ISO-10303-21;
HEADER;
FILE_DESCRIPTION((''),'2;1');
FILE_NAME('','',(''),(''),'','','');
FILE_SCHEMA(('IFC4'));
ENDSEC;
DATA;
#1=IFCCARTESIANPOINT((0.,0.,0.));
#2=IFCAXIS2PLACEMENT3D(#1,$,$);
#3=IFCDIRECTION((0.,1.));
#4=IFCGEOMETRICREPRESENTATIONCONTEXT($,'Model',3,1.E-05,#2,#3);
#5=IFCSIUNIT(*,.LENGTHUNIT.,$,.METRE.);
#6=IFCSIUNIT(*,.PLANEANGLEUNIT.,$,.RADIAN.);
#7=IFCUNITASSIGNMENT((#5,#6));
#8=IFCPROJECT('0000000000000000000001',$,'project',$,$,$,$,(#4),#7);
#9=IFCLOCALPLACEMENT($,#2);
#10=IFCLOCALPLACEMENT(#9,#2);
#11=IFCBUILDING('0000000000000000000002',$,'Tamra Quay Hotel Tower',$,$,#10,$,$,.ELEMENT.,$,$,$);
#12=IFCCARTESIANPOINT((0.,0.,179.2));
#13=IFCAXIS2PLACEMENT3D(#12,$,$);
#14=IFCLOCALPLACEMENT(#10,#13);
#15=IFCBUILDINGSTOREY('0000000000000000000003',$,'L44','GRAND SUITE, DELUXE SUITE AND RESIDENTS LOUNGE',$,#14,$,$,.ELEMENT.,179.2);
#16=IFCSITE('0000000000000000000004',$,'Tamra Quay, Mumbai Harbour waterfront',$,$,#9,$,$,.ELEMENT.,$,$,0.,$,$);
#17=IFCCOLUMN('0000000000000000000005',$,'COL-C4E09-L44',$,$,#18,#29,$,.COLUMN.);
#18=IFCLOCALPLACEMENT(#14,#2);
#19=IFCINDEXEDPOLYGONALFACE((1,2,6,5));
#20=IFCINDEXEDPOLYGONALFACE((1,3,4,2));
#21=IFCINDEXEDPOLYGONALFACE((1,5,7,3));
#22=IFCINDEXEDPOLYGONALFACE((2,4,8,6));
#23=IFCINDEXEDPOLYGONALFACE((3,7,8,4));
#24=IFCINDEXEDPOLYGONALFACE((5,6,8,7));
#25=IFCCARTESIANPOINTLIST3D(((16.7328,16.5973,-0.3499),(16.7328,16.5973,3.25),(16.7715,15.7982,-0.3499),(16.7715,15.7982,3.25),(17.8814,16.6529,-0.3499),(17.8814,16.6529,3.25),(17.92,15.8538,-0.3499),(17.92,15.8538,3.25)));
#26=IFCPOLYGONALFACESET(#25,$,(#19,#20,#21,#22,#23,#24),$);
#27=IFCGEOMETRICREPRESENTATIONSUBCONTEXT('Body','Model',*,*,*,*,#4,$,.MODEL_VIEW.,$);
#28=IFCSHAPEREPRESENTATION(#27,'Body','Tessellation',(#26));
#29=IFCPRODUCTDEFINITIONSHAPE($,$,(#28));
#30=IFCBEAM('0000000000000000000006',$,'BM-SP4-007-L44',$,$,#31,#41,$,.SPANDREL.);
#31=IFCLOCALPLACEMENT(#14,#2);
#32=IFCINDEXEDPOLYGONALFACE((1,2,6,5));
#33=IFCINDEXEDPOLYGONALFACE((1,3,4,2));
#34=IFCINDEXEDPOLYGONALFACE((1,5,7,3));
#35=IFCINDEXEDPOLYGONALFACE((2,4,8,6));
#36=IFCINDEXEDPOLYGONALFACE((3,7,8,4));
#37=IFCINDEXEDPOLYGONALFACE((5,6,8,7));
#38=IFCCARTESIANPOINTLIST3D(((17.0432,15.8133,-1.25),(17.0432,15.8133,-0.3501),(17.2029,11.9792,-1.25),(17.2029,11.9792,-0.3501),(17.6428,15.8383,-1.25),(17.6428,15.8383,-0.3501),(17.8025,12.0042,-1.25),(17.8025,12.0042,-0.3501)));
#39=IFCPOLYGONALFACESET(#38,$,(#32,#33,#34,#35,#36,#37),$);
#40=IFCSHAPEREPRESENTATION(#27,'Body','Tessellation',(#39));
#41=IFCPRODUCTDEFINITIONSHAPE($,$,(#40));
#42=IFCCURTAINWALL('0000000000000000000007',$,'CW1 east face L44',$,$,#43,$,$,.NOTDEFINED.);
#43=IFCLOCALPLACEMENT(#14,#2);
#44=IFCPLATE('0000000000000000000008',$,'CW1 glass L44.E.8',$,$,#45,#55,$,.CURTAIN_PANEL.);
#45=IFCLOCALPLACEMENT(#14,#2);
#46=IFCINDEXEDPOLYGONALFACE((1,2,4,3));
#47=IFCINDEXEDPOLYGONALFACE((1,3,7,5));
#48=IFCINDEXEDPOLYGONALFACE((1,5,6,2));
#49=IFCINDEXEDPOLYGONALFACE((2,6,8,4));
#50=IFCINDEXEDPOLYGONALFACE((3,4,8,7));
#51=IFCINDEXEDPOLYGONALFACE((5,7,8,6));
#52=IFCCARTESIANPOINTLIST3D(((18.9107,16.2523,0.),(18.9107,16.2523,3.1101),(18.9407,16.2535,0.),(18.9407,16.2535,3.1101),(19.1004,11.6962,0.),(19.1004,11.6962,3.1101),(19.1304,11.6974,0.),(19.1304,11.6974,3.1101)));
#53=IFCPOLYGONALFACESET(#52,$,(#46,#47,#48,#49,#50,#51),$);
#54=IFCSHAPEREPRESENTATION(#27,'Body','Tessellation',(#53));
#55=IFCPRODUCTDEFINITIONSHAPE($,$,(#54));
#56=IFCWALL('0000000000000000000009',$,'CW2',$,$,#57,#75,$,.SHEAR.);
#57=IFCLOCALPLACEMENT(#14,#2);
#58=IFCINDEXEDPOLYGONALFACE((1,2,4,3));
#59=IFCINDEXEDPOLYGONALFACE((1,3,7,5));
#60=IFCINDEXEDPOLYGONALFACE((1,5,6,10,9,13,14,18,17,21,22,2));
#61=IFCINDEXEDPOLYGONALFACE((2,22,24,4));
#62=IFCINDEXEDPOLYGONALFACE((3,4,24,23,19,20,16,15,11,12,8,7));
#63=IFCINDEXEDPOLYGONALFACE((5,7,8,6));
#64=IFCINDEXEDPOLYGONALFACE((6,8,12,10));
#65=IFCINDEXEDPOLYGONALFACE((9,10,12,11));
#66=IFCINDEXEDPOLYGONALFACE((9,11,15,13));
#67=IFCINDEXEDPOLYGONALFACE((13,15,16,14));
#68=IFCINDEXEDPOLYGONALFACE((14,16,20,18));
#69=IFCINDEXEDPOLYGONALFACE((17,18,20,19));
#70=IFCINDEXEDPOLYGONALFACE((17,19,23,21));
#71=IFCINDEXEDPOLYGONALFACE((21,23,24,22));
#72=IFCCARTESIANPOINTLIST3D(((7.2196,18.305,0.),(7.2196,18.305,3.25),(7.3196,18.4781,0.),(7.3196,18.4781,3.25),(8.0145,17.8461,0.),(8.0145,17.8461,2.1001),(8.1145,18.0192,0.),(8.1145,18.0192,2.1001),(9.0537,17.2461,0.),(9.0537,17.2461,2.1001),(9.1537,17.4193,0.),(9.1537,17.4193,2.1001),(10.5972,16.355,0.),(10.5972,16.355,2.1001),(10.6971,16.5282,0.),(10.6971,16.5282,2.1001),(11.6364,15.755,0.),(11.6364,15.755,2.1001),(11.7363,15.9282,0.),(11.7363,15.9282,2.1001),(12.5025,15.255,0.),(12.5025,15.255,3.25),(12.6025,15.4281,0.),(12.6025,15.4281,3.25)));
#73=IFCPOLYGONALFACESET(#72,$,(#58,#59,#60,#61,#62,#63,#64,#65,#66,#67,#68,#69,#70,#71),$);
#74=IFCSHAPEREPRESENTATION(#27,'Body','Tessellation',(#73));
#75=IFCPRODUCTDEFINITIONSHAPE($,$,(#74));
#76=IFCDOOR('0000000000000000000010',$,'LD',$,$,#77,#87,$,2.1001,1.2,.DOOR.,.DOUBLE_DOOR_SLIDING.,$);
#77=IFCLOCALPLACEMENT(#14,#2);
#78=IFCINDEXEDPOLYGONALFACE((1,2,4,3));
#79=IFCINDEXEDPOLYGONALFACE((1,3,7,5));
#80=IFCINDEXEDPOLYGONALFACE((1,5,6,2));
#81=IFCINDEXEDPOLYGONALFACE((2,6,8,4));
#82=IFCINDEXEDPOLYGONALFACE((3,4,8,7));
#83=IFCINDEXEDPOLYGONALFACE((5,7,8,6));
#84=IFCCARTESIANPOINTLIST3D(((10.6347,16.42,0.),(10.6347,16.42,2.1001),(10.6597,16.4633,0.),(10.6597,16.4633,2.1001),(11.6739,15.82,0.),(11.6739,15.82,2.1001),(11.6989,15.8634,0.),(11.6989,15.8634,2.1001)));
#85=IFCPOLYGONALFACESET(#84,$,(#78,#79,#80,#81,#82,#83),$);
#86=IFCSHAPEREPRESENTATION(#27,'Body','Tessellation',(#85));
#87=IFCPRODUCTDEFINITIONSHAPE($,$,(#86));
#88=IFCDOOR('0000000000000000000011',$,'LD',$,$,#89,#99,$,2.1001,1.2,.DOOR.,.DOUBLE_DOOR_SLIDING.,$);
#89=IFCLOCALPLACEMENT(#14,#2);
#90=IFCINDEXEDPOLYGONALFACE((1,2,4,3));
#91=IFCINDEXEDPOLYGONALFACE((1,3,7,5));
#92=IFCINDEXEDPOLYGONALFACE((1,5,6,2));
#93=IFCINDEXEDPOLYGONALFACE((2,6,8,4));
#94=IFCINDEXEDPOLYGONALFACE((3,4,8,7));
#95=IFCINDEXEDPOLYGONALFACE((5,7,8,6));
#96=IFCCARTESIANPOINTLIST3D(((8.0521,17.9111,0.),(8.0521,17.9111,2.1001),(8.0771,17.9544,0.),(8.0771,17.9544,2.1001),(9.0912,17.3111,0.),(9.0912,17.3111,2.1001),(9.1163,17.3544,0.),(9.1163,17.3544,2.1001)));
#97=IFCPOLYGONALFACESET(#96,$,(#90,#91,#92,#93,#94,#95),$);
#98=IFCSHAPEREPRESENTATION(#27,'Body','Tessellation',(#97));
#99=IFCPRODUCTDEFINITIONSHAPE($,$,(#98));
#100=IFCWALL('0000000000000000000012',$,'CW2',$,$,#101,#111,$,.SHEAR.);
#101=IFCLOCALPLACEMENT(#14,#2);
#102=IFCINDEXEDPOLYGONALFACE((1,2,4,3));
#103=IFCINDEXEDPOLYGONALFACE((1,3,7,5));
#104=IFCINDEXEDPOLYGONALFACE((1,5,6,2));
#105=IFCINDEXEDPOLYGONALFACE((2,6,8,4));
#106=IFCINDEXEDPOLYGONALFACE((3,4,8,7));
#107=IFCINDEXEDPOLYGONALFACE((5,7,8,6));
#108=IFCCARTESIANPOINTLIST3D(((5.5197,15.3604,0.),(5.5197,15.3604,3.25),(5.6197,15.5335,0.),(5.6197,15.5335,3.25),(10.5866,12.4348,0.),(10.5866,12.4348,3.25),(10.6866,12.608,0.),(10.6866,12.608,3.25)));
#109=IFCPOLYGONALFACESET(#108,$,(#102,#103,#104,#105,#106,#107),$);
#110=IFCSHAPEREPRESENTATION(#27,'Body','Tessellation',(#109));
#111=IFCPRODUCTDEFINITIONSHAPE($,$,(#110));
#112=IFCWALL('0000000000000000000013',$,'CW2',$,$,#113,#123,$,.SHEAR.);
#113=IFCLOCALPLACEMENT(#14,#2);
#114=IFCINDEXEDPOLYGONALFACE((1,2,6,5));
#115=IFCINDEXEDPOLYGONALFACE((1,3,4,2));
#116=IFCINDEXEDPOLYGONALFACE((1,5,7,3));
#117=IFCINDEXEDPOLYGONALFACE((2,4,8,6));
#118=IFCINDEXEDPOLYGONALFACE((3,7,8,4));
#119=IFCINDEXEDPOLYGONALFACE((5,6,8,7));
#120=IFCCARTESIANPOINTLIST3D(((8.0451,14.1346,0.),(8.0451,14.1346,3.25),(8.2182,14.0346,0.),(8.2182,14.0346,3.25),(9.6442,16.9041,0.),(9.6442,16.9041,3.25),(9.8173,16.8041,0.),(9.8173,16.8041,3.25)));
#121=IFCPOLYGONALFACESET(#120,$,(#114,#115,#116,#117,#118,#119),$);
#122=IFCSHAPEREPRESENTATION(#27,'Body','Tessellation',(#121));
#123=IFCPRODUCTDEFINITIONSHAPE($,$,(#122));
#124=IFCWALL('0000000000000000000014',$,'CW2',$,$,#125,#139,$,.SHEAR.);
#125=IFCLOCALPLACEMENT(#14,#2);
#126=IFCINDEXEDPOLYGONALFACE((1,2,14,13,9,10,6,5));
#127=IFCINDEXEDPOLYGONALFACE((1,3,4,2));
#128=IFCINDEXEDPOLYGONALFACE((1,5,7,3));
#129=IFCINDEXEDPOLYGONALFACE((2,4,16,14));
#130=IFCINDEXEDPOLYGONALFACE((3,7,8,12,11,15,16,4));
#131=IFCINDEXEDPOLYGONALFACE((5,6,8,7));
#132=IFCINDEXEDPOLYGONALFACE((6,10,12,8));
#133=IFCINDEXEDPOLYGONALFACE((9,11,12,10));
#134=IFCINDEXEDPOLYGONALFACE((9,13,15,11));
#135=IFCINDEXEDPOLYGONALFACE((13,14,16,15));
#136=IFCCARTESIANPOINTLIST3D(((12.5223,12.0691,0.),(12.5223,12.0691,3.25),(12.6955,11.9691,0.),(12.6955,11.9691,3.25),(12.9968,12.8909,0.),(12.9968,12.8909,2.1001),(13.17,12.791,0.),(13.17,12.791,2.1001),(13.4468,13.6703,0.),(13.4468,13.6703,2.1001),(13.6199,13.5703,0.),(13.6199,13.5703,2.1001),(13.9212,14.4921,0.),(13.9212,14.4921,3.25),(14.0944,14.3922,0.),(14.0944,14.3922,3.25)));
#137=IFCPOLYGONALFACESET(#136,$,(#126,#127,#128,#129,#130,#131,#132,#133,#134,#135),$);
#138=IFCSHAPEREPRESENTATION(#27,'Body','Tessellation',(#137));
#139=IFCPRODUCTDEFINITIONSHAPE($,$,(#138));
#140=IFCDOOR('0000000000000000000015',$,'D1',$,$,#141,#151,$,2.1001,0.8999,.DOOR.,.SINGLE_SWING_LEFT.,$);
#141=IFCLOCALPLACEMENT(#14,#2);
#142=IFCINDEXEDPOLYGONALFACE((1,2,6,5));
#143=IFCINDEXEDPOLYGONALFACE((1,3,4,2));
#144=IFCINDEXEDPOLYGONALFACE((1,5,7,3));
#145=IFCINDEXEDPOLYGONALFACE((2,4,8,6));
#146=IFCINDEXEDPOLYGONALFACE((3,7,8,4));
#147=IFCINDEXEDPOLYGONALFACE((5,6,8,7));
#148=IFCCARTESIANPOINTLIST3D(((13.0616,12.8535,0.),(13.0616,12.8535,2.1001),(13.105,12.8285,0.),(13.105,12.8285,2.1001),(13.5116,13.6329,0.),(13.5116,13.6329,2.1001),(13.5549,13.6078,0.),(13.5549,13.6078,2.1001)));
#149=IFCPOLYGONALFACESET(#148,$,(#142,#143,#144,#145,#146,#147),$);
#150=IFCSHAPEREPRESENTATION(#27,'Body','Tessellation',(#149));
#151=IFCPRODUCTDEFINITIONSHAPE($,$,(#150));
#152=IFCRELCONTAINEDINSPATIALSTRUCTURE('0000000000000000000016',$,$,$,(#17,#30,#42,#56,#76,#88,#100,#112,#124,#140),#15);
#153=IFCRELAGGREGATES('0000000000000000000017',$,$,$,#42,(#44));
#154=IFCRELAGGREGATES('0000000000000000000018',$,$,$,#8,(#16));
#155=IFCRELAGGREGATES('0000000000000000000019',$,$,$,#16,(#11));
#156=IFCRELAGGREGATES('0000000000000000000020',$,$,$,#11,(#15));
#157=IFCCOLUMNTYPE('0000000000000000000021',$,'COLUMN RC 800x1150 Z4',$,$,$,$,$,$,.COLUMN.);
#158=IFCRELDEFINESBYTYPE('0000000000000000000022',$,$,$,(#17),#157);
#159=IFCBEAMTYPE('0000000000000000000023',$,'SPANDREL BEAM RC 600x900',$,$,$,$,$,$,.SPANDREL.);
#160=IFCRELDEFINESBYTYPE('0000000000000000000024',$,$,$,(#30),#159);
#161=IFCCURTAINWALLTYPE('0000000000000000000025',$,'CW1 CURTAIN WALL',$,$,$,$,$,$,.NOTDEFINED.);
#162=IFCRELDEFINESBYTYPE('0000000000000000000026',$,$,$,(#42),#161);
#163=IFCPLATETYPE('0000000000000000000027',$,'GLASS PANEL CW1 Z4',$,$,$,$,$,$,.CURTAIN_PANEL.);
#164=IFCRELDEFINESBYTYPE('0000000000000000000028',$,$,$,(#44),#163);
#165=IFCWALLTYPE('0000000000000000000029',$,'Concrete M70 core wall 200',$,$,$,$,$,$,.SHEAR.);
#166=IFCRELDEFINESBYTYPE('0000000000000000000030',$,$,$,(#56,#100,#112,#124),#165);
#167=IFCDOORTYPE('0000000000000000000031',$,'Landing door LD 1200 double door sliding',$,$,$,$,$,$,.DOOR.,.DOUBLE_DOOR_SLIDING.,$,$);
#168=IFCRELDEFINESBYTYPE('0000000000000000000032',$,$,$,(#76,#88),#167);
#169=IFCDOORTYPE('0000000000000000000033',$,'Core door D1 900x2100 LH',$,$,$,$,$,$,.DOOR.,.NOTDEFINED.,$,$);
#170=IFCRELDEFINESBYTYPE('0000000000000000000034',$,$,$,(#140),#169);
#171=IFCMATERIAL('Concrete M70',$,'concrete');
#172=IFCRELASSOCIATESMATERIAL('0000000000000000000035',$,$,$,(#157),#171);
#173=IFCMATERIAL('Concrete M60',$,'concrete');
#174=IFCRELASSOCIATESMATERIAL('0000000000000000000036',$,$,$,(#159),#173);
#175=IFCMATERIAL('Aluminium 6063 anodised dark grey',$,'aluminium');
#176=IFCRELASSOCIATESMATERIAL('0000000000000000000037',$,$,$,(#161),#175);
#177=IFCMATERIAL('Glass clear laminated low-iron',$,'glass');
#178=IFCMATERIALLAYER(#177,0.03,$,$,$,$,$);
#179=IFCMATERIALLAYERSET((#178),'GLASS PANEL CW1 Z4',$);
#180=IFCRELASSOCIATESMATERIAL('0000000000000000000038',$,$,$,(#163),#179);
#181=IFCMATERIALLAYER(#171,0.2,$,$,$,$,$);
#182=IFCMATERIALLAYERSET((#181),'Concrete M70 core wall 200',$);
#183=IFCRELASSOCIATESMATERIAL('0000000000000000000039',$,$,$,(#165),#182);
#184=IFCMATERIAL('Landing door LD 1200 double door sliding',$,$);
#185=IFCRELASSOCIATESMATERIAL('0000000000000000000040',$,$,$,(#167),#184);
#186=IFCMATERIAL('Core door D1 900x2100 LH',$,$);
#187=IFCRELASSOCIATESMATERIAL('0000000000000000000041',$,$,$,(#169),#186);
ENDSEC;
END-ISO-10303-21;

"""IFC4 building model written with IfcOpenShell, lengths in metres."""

from ifc_helpers import new_model, si_unit, direction, frame, frame_2d, origin, origin_2d, place, context, subcontext, project, spatial, rectangle, extrude, material, layer, layer_set, material_profile, profile_set, type_object, element, fill, aggregate, save


model = new_model("IFC4")

# Units and contexts
model_context = context("Model", 3, precision=1e-05, world=origin(), true_north=direction((0.0, 1.0)))
body_context = subcontext(model_context, "Body", "Model", "MODEL_VIEW")
ifc_project = project(units=[si_unit("LENGTHUNIT", "METRE"), si_unit("PLANEANGLEUNIT", "RADIAN")], contexts=[model_context])

# Site, building, storey
site_placement = place(None, origin())
site = spatial("IfcSite", under=ifc_project, at=site_placement, Name="Tamra Quay, Mumbai Harbour waterfront", CompositionType="ELEMENT", RefElevation=0.0)
building_placement = place(site_placement, origin())
building = spatial("IfcBuilding", under=site, at=building_placement, Name="Tamra Quay Hotel Tower", CompositionType="ELEMENT")
storey_placement = place(building_placement, frame((0.0, 0.0, 179.2)))
storey = spatial("IfcBuildingStorey", under=building, at=storey_placement, Name="L44", Description="GRAND SUITE, DELUXE SUITE AND RESIDENTS LOUNGE", CompositionType="ELEMENT", Elevation=179.2)

# Column
ifc_material_1 = material(Name="Concrete M70", Category="concrete")
ifc_material_profile_1 = material_profile(ifc_material_1, rectangle(XDim=1.1499, YDim=0.8, at=origin_2d()), Name="COLUMN RC 800x1150 Z4")
ifc_profile_set_1 = profile_set([ifc_material_profile_1], Name="Concrete M70")
column_type = type_object("IfcColumnType", Name="COLUMN RC 800x1150 Z4", PredefinedType="COLUMN", material=ifc_profile_set_1)
column_placement = place(storey_placement, frame((17.3264, 16.2256, -0.3499), z_axis=(0.0, 0.0, 1.0), x_axis=(0.998831, 0.048344, 0.0)))
element("IfcColumn", 1, at=column_placement, inside=storey, type_object=column_type, Name="COL-C4E09-L44", PredefinedType="COLUMN", context=body_context, shape_type="SweptSolid", body=[
    extrude(rectangle(XDim=1.1499, YDim=0.8, at=origin_2d()), origin(), (0.0, 0.0, 1.0), 3.5999),
])

# Beam
ifc_material_2 = material(Name="Concrete M60", Category="concrete")
ifc_material_profile_2 = material_profile(ifc_material_2, rectangle(XDim=0.6001, YDim=0.8999, at=origin_2d()), Name="SPANDREL BEAM RC 600x900")
ifc_profile_set_2 = profile_set([ifc_material_profile_2], Name="Concrete M60")
beam_type = type_object("IfcBeamType", Name="SPANDREL BEAM RC 600x900", PredefinedType="SPANDREL", material=ifc_profile_set_2)
beam_placement = place(storey_placement, frame((17.5027, 11.9917, -0.8), z_axis=(-0.041609, 0.999134, 0.0), x_axis=(-0.999134, -0.041609, 0.0)))
element("IfcBeam", 2, at=beam_placement, inside=storey, type_object=beam_type, Name="BM-SP4-007-L44", PredefinedType="SPANDREL", context=body_context, shape_type="SweptSolid", body=[
    extrude(rectangle(XDim=0.6001, YDim=0.8999, at=origin_2d()), origin(), (0.0, 0.0, 1.0), 3.8374),
])

# Curtain wall, plate
ifc_material_3 = material(Name="Aluminium 6063 anodised dark grey", Category="aluminium")
curtain_wall_type = type_object("IfcCurtainWallType", Name="CW1 CURTAIN WALL", PredefinedType="NOTDEFINED", material=ifc_material_3)
curtain_wall_placement = place(storey_placement, origin())
curtain_wall = element("IfcCurtainWall", 3, at=curtain_wall_placement, inside=storey, type_object=curtain_wall_type, Name="CW1 east face L44", PredefinedType="NOTDEFINED")
ifc_material_4 = material(Name="Glass clear laminated low-iron", Category="glass")
ifc_layer_1 = layer(ifc_material_4, 0.03)
ifc_layer_set_1 = layer_set([ifc_layer_1], Name="GLASS PANEL CW1 Z4")
plate_type = type_object("IfcPlateType", Name="GLASS PANEL CW1 Z4", PredefinedType="CURTAIN_PANEL", material=ifc_layer_set_1)
plate_placement = place(storey_placement, frame((19.0205, 13.9749, 0.0), z_axis=(0.0, 0.0, 1.0), x_axis=(-0.0416, 0.999134, 0.0)))
plate = element("IfcPlate", 4, at=plate_placement, type_object=plate_type, Name="CW1 glass L44.E.8", PredefinedType="CURTAIN_PANEL", context=body_context, shape_type="SweptSolid", body=[
    extrude(rectangle(XDim=4.5601, YDim=0.03, at=origin_2d()), origin(), (0.0, 0.0, 1.0), 3.1101),
])
aggregate(curtain_wall, [plate])

# Wall, openings, doors
ifc_layer_2 = layer(ifc_material_1, 0.2)
ifc_layer_set_2 = layer_set([ifc_layer_2], Name="Concrete M70 core wall 200")
wall_type_1 = type_object("IfcWallType", Name="Concrete M70 core wall 200", PredefinedType="SHEAR", material=ifc_layer_set_2)
wall_1_placement = place(storey_placement, frame((12.5525, 15.3416, 0.0), z_axis=(0.0, 0.0, 1.0), x_axis=(-0.86603, 0.499992, 0.0)))
wall_1 = element("IfcWall", 5, at=wall_1_placement, inside=storey, type_object=wall_type_1, Name="CW2", PredefinedType="SHEAR", context=body_context, shape_type="SweptSolid", body=[
    extrude(rectangle(XDim=6.1001, YDim=0.2, at=frame_2d((3.05, 0.0))), origin(), (0.0, 0.0, 1.0), 3.25),
])
opening_1_placement = place(wall_1_placement, frame((1.0, 0.0, 0.0)))
opening_1 = element("IfcOpeningElement", 6, at=opening_1_placement, cuts=wall_1, PredefinedType="OPENING", context=body_context, shape_type="SweptSolid", body=[
    extrude(rectangle(XDim=1.2, YDim=2.1001, at=frame_2d((0.6001, 1.05))), frame((0.0, 0.1099, 0.0), z_axis=(0.0, -1.0, 0.0), x_axis=(1.0, 0.0, 0.0)), (0.0, 0.0, 1.0), 0.22),
])
opening_2_placement = place(wall_1_placement, frame((3.9822, 0.0, 0.0)))
opening_2 = element("IfcOpeningElement", 7, at=opening_2_placement, cuts=wall_1, PredefinedType="OPENING", context=body_context, shape_type="SweptSolid", body=[
    extrude(rectangle(XDim=1.2, YDim=2.1001, at=frame_2d((0.6001, 1.05))), frame((0.0, 0.1099, 0.0), z_axis=(0.0, -1.0, 0.0), x_axis=(1.0, 0.0, 0.0)), (0.0, 0.0, 1.0), 0.22),
])
ifc_material_5 = material(Name="Landing door LD 1200 double door sliding")
door_type_1 = type_object("IfcDoorType", Name="Landing door LD 1200 double door sliding", OperationType="DOUBLE_DOOR_SLIDING", PredefinedType="DOOR", material=ifc_material_5)
door_1_placement = place(opening_1_placement, origin())
door_1 = element("IfcDoor", 8, at=door_1_placement, inside=storey, type_object=door_type_1, Name="LD", OperationType="DOUBLE_DOOR_SLIDING", OverallHeight=2.1001, OverallWidth=1.2, PredefinedType="DOOR", context=body_context, shape_type="SweptSolid", body=[
    extrude(rectangle(XDim=1.2, YDim=2.1001, at=frame_2d((0.6001, 1.05))), frame((0.0, 0.0249, 0.0), z_axis=(0.0, -1.0, 0.0), x_axis=(1.0, 0.0, 0.0)), (0.0, 0.0, 1.0), 0.05),
])
fill(opening_1, door_1)
door_2_placement = place(opening_2_placement, origin())
door_2 = element("IfcDoor", 9, at=door_2_placement, inside=storey, type_object=door_type_1, Name="LD", OperationType="DOUBLE_DOOR_SLIDING", OverallHeight=2.1001, OverallWidth=1.2, PredefinedType="DOOR", context=body_context, shape_type="SweptSolid", body=[
    extrude(rectangle(XDim=1.2, YDim=2.1001, at=frame_2d((0.6001, 1.05))), frame((0.0, 0.0249, 0.0), z_axis=(0.0, -1.0, 0.0), x_axis=(1.0, 0.0, 0.0)), (0.0, 0.0, 1.0), 0.05),
])
fill(opening_2, door_2)

# Walls
wall_2_placement = place(storey_placement, frame((10.6365, 12.5215, 0.0), z_axis=(0.0, 0.0, 1.0), x_axis=(-0.866013, 0.500021, 0.0)))
element("IfcWall", 10, at=wall_2_placement, inside=storey, type_object=wall_type_1, Name="CW2", PredefinedType="SHEAR", context=body_context, shape_type="SweptSolid", body=[
    extrude(rectangle(XDim=5.8508, YDim=0.2, at=frame_2d((2.9253, 0.0))), origin(), (0.0, 0.0, 1.0), 3.25),
])
wall_3_placement = place(storey_placement, frame((8.1316, 14.0845, 0.0), z_axis=(0.0, 0.0, 1.0), x_axis=(0.500031, 0.866008, 0.0)))
element("IfcWall", 11, at=wall_3_placement, inside=storey, type_object=wall_type_1, Name="CW2", PredefinedType="SHEAR", context=body_context, shape_type="SweptSolid", body=[
    extrude(rectangle(XDim=3.198, YDim=0.2, at=frame_2d((1.5991, 0.0))), origin(), (0.0, 0.0, 1.0), 3.25),
])

# Wall, opening, door
wall_4_placement = place(storey_placement, frame((14.0078, 14.4421, 0.0), z_axis=(0.0, 0.0, 1.0), x_axis=(-0.499987, -0.866033, 0.0)))
wall_4 = element("IfcWall", 12, at=wall_4_placement, inside=storey, type_object=wall_type_1, Name="CW2", PredefinedType="SHEAR", context=body_context, shape_type="SweptSolid", body=[
    extrude(rectangle(XDim=2.7979, YDim=0.2, at=frame_2d((1.3989, 0.0))), origin(), (0.0, 0.0, 1.0), 3.25),
])
opening_3_placement = place(wall_4_placement, frame((0.949, 0.0, 0.0)))
opening_3 = element("IfcOpeningElement", 13, at=opening_3_placement, cuts=wall_4, PredefinedType="OPENING", context=body_context, shape_type="SweptSolid", body=[
    extrude(rectangle(XDim=0.8999, YDim=2.1001, at=frame_2d((0.45, 1.05))), frame((0.0, 0.1099, 0.0), z_axis=(0.0, -1.0, 0.0), x_axis=(1.0, 0.0, 0.0)), (0.0, 0.0, 1.0), 0.22),
])
ifc_material_6 = material(Name="Core door D1 900x2100 LH")
door_type_2 = type_object("IfcDoorType", Name="Core door D1 900x2100 LH", OperationType="NOTDEFINED", PredefinedType="DOOR", material=ifc_material_6)
door_3_placement = place(opening_3_placement, origin())
door_3 = element("IfcDoor", 14, at=door_3_placement, inside=storey, type_object=door_type_2, Name="D1", OperationType="SINGLE_SWING_LEFT", OverallHeight=2.1001, OverallWidth=0.8999, PredefinedType="DOOR", context=body_context, shape_type="SweptSolid", body=[
    extrude(rectangle(XDim=0.8999, YDim=2.1001, at=frame_2d((0.45, 1.05))), frame((0.0, 0.0249, 0.0), z_axis=(0.0, -1.0, 0.0), x_axis=(1.0, 0.0, 0.0)), (0.0, 0.0, 1.0), 0.05),
])
fill(opening_3, door_3)

save(model, "model.ifc")
